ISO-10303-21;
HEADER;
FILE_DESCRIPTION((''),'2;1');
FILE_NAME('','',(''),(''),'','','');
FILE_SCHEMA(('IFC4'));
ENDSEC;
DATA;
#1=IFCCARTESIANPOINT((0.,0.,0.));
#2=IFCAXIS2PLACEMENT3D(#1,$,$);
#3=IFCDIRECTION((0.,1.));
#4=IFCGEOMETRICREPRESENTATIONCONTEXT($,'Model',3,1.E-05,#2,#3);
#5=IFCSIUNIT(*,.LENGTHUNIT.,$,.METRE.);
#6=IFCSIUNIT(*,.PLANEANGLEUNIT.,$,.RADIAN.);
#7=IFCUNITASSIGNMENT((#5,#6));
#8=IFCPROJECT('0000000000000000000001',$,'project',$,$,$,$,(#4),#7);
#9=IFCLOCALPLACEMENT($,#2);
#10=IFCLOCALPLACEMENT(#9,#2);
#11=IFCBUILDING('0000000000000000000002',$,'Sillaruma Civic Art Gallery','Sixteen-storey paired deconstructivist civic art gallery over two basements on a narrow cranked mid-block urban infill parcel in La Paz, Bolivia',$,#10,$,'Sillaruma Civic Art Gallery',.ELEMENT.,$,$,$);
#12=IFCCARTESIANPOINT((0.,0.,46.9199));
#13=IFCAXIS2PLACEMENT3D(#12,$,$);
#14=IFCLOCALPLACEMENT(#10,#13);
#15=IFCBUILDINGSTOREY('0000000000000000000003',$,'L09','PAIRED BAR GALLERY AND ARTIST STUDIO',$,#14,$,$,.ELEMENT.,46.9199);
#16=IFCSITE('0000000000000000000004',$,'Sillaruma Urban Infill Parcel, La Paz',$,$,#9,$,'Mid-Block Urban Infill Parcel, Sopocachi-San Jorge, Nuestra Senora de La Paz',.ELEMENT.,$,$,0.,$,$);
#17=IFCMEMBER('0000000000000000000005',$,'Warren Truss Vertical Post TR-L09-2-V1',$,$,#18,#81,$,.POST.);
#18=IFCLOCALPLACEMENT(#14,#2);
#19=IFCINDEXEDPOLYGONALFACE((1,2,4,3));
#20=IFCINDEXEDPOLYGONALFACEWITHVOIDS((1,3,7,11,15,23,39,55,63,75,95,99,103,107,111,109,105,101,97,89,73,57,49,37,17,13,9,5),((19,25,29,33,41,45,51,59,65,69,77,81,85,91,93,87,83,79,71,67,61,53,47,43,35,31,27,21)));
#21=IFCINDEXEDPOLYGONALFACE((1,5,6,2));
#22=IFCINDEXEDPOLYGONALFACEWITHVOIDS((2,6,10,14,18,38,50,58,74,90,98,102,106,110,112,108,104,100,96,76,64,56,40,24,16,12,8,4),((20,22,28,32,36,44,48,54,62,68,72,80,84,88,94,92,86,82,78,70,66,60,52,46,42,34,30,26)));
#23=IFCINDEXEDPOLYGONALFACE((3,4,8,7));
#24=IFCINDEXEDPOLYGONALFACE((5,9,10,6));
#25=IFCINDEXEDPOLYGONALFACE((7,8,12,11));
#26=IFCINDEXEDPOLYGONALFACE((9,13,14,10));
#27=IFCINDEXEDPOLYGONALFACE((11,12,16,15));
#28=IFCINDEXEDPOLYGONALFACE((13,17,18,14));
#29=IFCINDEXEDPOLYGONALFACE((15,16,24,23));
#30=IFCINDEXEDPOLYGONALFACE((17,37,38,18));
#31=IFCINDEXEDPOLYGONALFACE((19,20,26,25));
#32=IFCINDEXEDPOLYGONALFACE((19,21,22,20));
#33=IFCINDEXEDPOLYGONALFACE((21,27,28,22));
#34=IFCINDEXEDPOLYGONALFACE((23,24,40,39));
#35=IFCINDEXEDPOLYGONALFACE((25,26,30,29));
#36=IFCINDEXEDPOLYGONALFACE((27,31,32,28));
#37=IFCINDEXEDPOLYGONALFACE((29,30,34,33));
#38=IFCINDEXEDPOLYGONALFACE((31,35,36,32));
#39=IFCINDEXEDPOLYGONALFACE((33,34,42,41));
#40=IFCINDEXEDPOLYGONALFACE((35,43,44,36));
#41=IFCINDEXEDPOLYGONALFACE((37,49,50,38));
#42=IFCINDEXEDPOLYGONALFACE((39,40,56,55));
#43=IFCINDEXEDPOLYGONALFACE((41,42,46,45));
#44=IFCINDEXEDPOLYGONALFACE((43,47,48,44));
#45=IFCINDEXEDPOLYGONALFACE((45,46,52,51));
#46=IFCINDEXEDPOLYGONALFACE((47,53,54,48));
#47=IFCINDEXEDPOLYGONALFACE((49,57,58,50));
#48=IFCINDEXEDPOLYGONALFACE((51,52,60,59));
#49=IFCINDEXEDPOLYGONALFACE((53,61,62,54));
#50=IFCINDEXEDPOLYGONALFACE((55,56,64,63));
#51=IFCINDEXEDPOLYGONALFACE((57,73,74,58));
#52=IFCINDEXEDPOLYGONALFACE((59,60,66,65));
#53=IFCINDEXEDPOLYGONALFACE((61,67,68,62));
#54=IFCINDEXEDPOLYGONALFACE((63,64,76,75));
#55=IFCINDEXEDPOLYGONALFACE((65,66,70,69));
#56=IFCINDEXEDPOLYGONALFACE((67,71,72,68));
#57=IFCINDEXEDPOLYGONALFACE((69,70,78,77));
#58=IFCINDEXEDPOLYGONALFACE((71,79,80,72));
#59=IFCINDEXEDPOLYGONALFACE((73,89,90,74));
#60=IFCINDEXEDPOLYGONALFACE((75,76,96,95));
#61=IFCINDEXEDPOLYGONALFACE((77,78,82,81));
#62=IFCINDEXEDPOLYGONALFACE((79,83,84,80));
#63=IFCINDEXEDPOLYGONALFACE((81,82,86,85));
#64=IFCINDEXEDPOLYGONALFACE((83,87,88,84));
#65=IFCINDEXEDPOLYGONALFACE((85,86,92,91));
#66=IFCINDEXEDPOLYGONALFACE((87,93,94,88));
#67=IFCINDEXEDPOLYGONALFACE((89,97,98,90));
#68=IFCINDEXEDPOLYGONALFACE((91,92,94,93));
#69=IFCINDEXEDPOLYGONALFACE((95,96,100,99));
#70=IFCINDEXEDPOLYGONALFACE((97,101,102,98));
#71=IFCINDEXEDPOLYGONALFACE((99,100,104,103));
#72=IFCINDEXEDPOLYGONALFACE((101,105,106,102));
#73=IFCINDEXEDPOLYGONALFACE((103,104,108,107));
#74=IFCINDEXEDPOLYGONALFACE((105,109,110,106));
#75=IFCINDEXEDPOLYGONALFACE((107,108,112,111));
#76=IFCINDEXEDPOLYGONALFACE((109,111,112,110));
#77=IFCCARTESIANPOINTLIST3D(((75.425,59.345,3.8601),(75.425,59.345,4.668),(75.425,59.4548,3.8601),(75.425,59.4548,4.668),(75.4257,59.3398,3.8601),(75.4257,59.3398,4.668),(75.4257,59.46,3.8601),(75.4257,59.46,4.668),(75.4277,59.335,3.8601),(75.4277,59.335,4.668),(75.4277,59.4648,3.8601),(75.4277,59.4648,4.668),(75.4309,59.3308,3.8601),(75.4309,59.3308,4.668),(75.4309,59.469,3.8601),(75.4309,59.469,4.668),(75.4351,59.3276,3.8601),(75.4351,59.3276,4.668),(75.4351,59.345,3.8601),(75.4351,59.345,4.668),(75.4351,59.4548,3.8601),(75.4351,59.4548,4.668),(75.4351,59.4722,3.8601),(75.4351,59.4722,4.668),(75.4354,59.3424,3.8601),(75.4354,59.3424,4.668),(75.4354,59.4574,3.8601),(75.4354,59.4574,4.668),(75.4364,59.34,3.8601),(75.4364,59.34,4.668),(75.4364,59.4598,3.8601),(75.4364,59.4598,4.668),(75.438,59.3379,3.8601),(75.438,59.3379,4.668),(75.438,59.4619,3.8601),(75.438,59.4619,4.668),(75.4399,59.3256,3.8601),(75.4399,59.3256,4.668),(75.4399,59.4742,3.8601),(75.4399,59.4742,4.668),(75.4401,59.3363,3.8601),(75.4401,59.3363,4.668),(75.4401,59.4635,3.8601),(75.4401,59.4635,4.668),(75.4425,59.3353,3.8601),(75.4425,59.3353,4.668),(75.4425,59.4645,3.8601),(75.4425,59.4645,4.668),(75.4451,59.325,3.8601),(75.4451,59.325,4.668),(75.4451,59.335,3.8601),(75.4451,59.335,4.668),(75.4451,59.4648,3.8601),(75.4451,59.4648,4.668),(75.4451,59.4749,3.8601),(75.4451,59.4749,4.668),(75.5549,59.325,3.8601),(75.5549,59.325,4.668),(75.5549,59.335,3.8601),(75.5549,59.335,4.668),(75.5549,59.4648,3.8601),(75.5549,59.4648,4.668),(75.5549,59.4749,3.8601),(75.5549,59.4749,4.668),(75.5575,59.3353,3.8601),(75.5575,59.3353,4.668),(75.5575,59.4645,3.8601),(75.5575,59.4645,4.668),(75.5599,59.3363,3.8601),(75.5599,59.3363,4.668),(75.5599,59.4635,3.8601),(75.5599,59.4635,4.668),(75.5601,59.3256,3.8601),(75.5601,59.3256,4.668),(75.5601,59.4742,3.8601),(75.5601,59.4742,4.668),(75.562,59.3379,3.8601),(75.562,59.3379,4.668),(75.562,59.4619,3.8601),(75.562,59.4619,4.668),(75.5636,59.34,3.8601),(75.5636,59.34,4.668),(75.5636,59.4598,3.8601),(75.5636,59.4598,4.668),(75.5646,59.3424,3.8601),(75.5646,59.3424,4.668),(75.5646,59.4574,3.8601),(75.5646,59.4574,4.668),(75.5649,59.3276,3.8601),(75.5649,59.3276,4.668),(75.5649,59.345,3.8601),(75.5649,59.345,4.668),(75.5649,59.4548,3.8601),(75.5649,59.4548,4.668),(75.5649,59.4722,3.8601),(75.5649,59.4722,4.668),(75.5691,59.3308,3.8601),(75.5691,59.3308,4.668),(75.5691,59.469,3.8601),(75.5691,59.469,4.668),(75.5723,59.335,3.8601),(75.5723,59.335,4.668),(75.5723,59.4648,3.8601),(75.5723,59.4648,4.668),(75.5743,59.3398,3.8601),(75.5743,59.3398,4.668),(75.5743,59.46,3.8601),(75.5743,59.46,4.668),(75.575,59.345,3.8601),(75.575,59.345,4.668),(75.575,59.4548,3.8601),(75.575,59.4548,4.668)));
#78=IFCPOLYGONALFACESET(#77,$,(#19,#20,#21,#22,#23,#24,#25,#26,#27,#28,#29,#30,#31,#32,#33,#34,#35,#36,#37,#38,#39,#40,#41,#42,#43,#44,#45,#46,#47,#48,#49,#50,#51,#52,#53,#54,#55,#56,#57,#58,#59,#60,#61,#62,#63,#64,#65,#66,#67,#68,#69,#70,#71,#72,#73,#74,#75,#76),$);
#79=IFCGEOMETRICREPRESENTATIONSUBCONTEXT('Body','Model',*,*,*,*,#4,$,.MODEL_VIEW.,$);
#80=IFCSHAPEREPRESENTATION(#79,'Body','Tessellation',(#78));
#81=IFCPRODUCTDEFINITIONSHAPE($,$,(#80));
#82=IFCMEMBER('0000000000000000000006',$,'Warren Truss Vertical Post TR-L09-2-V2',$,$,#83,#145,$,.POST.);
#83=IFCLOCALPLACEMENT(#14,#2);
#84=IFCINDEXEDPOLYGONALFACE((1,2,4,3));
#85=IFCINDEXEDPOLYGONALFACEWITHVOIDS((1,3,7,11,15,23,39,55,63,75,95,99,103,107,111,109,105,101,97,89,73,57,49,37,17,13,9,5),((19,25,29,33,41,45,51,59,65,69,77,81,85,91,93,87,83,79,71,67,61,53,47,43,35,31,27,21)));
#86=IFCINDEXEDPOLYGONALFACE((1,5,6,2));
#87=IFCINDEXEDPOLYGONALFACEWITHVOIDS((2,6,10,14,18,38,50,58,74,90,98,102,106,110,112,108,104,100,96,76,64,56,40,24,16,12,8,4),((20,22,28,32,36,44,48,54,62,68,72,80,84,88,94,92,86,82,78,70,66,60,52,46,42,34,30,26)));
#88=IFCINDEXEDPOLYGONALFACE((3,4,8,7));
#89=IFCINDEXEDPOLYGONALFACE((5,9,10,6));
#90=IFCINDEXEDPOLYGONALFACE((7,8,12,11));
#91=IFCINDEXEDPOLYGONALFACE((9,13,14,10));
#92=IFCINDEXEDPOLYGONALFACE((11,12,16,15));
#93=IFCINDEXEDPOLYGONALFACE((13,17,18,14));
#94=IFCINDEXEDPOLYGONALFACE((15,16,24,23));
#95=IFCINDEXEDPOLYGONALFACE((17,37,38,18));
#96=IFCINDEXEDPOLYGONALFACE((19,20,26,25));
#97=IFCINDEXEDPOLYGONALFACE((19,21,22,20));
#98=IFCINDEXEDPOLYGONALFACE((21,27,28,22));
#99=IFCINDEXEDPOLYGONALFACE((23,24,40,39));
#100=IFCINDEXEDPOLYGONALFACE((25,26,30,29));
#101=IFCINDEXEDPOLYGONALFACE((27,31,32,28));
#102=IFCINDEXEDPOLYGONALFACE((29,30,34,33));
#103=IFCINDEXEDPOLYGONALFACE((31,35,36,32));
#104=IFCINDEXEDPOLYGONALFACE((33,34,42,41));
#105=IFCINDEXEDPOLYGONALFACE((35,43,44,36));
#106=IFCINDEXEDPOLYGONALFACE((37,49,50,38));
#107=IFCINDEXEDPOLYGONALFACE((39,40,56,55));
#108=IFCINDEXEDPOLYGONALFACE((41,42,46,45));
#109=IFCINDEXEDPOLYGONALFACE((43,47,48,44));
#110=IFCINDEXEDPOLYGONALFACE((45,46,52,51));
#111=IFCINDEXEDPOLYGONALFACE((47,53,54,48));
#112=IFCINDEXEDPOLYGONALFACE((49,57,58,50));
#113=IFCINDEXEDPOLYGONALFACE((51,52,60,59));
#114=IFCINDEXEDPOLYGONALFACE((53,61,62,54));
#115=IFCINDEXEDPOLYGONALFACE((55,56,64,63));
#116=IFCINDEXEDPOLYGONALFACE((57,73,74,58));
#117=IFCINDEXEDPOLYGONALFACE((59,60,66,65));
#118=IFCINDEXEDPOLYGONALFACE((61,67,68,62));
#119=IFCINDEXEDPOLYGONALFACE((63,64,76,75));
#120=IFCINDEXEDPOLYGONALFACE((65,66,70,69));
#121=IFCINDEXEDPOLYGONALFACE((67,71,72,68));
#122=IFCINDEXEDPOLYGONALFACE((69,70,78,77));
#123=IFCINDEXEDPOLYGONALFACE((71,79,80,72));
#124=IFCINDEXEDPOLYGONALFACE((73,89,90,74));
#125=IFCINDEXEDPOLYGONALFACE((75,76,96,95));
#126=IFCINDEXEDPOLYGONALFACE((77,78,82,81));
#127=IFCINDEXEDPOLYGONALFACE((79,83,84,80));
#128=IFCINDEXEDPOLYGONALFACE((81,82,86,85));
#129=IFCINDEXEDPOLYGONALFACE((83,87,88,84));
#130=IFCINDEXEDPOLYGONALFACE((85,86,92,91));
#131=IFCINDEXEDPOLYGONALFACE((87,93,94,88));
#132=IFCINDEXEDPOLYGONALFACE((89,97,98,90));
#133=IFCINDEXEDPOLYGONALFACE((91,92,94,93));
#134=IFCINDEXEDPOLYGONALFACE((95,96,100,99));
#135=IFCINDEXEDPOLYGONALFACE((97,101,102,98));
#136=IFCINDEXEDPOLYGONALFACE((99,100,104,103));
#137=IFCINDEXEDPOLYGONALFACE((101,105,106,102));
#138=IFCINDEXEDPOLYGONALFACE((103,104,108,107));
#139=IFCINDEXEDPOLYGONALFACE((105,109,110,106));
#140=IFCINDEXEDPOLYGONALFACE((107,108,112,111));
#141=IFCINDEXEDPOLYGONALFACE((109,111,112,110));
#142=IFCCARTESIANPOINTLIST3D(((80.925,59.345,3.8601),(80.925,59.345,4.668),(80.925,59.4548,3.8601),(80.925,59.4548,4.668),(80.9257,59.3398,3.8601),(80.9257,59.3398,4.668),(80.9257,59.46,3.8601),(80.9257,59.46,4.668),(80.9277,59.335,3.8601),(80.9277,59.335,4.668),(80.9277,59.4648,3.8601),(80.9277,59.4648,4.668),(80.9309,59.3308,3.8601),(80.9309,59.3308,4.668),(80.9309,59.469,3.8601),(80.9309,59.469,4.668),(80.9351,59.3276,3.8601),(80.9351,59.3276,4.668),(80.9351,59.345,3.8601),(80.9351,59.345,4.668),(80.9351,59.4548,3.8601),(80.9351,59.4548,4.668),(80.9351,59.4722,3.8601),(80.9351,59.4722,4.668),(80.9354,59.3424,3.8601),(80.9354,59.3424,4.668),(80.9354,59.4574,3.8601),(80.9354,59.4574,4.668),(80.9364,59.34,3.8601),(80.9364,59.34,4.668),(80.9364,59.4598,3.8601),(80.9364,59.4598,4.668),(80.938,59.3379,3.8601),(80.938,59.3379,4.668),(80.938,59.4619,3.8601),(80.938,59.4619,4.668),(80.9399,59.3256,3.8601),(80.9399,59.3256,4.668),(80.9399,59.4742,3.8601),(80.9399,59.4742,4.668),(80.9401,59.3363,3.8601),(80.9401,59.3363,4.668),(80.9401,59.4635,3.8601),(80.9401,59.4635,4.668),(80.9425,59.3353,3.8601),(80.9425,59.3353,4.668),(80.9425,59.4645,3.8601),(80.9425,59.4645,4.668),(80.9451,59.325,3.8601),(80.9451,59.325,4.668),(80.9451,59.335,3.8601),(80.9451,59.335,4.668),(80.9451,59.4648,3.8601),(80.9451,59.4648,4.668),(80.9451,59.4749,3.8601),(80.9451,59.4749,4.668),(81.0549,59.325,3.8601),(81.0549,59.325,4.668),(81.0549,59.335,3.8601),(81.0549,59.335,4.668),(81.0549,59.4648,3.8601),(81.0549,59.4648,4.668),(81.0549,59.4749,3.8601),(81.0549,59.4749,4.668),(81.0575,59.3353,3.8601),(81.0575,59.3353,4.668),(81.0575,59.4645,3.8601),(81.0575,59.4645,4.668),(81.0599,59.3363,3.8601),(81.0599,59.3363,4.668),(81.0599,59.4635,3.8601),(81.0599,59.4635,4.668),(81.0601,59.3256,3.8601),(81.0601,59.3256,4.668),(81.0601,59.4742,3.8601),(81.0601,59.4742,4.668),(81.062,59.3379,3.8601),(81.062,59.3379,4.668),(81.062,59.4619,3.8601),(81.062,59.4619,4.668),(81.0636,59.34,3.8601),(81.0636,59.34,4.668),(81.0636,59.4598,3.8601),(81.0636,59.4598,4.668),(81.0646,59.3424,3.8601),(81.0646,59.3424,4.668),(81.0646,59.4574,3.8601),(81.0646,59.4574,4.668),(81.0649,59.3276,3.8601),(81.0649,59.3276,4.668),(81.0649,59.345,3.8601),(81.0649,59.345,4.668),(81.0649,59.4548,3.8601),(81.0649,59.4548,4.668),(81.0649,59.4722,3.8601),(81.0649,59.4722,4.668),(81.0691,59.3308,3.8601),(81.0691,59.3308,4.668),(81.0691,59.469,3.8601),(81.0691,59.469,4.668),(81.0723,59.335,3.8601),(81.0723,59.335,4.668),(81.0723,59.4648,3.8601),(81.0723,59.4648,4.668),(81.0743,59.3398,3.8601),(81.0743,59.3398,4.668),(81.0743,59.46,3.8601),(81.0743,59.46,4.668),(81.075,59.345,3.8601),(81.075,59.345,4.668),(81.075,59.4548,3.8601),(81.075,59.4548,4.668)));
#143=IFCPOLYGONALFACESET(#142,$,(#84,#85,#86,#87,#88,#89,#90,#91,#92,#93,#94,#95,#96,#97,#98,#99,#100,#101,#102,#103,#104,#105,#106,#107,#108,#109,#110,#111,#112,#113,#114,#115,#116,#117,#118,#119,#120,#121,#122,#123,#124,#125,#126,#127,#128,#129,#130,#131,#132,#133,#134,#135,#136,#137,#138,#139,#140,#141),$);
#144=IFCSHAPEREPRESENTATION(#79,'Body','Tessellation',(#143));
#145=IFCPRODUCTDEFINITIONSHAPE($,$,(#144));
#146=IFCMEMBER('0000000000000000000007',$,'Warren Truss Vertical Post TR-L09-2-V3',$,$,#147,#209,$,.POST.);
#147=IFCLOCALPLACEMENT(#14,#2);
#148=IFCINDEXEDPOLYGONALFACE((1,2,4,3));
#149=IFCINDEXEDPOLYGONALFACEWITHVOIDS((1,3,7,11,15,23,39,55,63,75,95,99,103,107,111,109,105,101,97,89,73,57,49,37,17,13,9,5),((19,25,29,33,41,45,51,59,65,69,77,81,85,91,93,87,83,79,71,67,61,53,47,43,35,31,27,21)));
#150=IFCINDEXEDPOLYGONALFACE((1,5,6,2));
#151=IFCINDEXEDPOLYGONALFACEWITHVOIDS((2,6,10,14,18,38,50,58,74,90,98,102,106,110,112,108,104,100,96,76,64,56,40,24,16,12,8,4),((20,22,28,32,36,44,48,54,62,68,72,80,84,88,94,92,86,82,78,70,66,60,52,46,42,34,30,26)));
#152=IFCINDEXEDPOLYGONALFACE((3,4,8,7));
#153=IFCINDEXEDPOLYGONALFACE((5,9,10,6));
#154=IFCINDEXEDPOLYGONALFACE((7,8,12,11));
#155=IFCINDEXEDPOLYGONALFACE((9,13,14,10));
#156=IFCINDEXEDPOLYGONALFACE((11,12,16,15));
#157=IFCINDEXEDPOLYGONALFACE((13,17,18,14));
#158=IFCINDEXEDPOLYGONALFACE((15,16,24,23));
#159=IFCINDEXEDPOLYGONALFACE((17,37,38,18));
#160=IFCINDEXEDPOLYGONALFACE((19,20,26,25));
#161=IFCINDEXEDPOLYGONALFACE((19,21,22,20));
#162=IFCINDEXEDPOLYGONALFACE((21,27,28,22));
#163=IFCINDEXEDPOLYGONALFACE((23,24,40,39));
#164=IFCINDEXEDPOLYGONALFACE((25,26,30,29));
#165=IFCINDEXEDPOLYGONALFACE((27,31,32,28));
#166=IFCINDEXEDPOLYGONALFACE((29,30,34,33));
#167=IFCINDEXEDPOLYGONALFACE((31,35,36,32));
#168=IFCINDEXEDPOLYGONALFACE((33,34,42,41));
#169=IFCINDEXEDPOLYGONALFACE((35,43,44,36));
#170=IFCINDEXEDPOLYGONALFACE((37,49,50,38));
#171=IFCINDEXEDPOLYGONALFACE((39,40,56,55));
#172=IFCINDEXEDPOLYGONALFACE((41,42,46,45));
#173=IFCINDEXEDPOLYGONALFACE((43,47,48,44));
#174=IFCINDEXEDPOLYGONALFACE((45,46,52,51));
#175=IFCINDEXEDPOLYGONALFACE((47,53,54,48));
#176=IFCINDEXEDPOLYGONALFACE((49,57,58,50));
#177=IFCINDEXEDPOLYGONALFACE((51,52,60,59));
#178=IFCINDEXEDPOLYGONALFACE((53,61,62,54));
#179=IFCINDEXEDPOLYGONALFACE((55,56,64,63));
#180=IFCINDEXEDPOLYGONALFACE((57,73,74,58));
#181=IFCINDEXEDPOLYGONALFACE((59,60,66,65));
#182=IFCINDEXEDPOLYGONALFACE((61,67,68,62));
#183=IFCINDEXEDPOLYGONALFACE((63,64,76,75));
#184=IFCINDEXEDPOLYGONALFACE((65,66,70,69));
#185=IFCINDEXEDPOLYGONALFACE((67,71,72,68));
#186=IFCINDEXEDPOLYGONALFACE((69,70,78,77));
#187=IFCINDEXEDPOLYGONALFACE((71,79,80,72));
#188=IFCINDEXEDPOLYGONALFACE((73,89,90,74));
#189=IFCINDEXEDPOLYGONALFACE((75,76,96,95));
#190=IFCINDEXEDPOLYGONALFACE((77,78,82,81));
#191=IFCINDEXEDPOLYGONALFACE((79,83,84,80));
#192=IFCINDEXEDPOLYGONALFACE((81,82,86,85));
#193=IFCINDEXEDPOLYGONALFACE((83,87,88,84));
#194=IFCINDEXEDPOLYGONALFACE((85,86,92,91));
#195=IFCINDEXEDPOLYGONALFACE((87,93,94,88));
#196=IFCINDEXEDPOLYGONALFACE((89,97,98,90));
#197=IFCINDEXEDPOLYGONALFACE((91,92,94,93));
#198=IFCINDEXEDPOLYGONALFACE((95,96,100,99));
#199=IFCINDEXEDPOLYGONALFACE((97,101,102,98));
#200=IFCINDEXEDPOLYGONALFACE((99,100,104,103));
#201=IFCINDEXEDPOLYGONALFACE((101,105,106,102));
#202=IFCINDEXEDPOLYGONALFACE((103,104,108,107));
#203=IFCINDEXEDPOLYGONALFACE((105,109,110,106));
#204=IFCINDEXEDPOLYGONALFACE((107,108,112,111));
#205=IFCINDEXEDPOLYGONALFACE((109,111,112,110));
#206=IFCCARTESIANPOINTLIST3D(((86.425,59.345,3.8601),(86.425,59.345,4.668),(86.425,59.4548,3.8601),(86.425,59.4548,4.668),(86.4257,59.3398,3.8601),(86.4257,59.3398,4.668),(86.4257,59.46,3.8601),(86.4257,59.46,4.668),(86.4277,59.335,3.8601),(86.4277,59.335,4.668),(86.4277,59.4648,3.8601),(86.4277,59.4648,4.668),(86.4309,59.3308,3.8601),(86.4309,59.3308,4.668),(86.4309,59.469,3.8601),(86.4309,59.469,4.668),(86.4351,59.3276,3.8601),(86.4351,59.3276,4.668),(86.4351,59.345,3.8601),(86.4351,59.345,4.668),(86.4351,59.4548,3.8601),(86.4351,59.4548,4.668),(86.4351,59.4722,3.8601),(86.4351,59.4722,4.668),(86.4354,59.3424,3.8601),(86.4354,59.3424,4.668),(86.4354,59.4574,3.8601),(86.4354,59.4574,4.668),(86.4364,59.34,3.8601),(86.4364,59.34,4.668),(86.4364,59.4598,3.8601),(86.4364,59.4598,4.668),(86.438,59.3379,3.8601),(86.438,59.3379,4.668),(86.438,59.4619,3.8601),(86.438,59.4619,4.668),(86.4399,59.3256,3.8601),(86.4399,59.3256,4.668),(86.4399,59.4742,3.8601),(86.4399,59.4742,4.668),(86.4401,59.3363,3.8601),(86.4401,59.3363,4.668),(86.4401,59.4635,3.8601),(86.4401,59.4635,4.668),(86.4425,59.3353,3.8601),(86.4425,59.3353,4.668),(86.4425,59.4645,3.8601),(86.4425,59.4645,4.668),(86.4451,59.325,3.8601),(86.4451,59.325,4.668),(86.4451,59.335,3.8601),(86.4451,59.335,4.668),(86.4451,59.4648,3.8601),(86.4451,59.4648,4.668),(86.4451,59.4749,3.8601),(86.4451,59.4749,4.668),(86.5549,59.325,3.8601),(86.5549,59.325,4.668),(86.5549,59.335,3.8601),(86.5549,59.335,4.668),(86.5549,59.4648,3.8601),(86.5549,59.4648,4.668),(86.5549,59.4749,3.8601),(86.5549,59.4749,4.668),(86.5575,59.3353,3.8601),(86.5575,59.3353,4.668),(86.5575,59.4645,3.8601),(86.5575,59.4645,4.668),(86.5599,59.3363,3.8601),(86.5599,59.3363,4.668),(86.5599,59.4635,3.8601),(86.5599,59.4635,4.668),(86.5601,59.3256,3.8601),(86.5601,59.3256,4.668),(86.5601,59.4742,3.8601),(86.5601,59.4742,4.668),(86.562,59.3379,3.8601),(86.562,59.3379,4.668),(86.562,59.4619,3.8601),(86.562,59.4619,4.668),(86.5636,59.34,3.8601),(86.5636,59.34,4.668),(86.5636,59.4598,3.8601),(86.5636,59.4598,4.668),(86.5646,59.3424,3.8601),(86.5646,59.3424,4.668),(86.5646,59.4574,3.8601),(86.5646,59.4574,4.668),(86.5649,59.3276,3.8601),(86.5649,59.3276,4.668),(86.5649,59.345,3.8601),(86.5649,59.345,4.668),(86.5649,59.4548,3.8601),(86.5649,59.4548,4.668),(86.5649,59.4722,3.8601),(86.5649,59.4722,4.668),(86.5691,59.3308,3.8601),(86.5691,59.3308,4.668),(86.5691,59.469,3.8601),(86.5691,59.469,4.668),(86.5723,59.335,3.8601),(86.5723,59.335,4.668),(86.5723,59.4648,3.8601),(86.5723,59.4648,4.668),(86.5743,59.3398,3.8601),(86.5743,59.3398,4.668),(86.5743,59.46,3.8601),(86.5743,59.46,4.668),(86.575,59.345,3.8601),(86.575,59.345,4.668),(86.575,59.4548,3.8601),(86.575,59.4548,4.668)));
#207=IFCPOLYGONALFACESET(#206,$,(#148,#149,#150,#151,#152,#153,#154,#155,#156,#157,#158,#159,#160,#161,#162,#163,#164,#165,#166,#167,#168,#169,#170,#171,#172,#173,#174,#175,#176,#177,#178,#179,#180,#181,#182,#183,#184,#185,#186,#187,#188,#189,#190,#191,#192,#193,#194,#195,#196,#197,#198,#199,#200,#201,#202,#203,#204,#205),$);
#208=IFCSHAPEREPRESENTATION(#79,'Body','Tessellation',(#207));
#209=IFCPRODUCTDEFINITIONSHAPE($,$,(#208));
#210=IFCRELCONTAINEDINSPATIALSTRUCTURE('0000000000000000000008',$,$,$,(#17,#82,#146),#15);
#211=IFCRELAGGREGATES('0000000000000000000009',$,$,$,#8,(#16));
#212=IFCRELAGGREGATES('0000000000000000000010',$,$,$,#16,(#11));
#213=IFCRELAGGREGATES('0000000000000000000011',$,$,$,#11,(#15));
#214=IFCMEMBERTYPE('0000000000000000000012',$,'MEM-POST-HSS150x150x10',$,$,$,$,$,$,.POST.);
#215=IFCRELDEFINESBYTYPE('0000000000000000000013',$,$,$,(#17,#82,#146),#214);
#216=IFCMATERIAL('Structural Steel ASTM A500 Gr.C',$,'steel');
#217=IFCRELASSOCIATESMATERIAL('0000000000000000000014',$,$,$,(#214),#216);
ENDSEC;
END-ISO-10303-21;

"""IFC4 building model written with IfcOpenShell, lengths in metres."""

from ifc_helpers import new_model, si_unit, direction, frame, origin, origin_2d, place, context, subcontext, project, spatial, hollow_rectangle, extrude, material, material_profile, profile_set, type_object, element, save


model = new_model("IFC4")

# Units and contexts
model_context = context("Model", 3, precision=1e-05, world=origin(), true_north=direction((0.0, 1.0)))
body_context = subcontext(model_context, "Body", "Model", "MODEL_VIEW")
ifc_project = project(units=[si_unit("LENGTHUNIT", "METRE"), si_unit("PLANEANGLEUNIT", "RADIAN")], contexts=[model_context])

# Site, building, storey
site_placement = place(None, origin())
site = spatial("IfcSite", under=ifc_project, at=site_placement, Name="Sillaruma Urban Infill Parcel, La Paz", LongName="Mid-Block Urban Infill Parcel, Sopocachi-San Jorge, Nuestra Senora de La Paz", CompositionType="ELEMENT", RefElevation=0.0)
building_placement = place(site_placement, origin())
building = spatial("IfcBuilding", under=site, at=building_placement, Name="Sillaruma Civic Art Gallery", Description="Sixteen-storey paired deconstructivist civic art gallery over two basements on a narrow cranked mid-block urban infill parcel in La Paz, Bolivia", LongName="Sillaruma Civic Art Gallery", CompositionType="ELEMENT")
storey_placement = place(building_placement, frame((0.0, 0.0, 46.9199)))
storey = spatial("IfcBuildingStorey", under=building, at=storey_placement, Name="L09", Description="PAIRED BAR GALLERY AND ARTIST STUDIO", CompositionType="ELEMENT", Elevation=46.9199)

# Members
ifc_material_1 = material(Name="Structural Steel ASTM A500 Gr.C", Category="steel")
ifc_material_profile_1 = material_profile(ifc_material_1, hollow_rectangle(XDim=0.1499, YDim=0.1499, WallThickness=0.01, InnerFilletRadius=0.01, OuterFilletRadius=0.02, at=origin_2d()), Name="HSS150x150x10")
ifc_profile_set_1 = profile_set([ifc_material_profile_1], Name="Structural Steel ASTM A500 Gr.C")
member_type_1 = type_object("IfcMemberType", Name="MEM-POST-HSS150x150x10", PredefinedType="POST", material=ifc_profile_set_1)
for number, where, z_axis, x_axis, name in (
    (1, (75.5, 59.3999, 3.8601), (0.0, 0.0, 1.0), (1.0, 0.0, 0.0), "Warren Truss Vertical Post TR-L09-2-V1"),
    (2, (81.0, 59.3999, 3.8601), (0.0, 0.0, 1.0), (1.0, 0.0, 0.0), "Warren Truss Vertical Post TR-L09-2-V2"),
    (3, (86.5, 59.3999, 3.8601), (0.0, 0.0, 1.0), (1.0, 0.0, 0.0), "Warren Truss Vertical Post TR-L09-2-V3"),
):
    element("IfcMember", number, at=place(storey_placement, frame(where, z_axis=z_axis, x_axis=x_axis)), inside=storey, type_object=member_type_1, Name=name, PredefinedType="POST", context=body_context, shape_type="SweptSolid", body=[
        extrude(hollow_rectangle(XDim=0.1499, YDim=0.1499, WallThickness=0.01, InnerFilletRadius=0.01, OuterFilletRadius=0.02, at=origin_2d()), origin(), (0.0, 0.0, 1.0), 0.8079),
    ])

save(model, "model.ifc")
